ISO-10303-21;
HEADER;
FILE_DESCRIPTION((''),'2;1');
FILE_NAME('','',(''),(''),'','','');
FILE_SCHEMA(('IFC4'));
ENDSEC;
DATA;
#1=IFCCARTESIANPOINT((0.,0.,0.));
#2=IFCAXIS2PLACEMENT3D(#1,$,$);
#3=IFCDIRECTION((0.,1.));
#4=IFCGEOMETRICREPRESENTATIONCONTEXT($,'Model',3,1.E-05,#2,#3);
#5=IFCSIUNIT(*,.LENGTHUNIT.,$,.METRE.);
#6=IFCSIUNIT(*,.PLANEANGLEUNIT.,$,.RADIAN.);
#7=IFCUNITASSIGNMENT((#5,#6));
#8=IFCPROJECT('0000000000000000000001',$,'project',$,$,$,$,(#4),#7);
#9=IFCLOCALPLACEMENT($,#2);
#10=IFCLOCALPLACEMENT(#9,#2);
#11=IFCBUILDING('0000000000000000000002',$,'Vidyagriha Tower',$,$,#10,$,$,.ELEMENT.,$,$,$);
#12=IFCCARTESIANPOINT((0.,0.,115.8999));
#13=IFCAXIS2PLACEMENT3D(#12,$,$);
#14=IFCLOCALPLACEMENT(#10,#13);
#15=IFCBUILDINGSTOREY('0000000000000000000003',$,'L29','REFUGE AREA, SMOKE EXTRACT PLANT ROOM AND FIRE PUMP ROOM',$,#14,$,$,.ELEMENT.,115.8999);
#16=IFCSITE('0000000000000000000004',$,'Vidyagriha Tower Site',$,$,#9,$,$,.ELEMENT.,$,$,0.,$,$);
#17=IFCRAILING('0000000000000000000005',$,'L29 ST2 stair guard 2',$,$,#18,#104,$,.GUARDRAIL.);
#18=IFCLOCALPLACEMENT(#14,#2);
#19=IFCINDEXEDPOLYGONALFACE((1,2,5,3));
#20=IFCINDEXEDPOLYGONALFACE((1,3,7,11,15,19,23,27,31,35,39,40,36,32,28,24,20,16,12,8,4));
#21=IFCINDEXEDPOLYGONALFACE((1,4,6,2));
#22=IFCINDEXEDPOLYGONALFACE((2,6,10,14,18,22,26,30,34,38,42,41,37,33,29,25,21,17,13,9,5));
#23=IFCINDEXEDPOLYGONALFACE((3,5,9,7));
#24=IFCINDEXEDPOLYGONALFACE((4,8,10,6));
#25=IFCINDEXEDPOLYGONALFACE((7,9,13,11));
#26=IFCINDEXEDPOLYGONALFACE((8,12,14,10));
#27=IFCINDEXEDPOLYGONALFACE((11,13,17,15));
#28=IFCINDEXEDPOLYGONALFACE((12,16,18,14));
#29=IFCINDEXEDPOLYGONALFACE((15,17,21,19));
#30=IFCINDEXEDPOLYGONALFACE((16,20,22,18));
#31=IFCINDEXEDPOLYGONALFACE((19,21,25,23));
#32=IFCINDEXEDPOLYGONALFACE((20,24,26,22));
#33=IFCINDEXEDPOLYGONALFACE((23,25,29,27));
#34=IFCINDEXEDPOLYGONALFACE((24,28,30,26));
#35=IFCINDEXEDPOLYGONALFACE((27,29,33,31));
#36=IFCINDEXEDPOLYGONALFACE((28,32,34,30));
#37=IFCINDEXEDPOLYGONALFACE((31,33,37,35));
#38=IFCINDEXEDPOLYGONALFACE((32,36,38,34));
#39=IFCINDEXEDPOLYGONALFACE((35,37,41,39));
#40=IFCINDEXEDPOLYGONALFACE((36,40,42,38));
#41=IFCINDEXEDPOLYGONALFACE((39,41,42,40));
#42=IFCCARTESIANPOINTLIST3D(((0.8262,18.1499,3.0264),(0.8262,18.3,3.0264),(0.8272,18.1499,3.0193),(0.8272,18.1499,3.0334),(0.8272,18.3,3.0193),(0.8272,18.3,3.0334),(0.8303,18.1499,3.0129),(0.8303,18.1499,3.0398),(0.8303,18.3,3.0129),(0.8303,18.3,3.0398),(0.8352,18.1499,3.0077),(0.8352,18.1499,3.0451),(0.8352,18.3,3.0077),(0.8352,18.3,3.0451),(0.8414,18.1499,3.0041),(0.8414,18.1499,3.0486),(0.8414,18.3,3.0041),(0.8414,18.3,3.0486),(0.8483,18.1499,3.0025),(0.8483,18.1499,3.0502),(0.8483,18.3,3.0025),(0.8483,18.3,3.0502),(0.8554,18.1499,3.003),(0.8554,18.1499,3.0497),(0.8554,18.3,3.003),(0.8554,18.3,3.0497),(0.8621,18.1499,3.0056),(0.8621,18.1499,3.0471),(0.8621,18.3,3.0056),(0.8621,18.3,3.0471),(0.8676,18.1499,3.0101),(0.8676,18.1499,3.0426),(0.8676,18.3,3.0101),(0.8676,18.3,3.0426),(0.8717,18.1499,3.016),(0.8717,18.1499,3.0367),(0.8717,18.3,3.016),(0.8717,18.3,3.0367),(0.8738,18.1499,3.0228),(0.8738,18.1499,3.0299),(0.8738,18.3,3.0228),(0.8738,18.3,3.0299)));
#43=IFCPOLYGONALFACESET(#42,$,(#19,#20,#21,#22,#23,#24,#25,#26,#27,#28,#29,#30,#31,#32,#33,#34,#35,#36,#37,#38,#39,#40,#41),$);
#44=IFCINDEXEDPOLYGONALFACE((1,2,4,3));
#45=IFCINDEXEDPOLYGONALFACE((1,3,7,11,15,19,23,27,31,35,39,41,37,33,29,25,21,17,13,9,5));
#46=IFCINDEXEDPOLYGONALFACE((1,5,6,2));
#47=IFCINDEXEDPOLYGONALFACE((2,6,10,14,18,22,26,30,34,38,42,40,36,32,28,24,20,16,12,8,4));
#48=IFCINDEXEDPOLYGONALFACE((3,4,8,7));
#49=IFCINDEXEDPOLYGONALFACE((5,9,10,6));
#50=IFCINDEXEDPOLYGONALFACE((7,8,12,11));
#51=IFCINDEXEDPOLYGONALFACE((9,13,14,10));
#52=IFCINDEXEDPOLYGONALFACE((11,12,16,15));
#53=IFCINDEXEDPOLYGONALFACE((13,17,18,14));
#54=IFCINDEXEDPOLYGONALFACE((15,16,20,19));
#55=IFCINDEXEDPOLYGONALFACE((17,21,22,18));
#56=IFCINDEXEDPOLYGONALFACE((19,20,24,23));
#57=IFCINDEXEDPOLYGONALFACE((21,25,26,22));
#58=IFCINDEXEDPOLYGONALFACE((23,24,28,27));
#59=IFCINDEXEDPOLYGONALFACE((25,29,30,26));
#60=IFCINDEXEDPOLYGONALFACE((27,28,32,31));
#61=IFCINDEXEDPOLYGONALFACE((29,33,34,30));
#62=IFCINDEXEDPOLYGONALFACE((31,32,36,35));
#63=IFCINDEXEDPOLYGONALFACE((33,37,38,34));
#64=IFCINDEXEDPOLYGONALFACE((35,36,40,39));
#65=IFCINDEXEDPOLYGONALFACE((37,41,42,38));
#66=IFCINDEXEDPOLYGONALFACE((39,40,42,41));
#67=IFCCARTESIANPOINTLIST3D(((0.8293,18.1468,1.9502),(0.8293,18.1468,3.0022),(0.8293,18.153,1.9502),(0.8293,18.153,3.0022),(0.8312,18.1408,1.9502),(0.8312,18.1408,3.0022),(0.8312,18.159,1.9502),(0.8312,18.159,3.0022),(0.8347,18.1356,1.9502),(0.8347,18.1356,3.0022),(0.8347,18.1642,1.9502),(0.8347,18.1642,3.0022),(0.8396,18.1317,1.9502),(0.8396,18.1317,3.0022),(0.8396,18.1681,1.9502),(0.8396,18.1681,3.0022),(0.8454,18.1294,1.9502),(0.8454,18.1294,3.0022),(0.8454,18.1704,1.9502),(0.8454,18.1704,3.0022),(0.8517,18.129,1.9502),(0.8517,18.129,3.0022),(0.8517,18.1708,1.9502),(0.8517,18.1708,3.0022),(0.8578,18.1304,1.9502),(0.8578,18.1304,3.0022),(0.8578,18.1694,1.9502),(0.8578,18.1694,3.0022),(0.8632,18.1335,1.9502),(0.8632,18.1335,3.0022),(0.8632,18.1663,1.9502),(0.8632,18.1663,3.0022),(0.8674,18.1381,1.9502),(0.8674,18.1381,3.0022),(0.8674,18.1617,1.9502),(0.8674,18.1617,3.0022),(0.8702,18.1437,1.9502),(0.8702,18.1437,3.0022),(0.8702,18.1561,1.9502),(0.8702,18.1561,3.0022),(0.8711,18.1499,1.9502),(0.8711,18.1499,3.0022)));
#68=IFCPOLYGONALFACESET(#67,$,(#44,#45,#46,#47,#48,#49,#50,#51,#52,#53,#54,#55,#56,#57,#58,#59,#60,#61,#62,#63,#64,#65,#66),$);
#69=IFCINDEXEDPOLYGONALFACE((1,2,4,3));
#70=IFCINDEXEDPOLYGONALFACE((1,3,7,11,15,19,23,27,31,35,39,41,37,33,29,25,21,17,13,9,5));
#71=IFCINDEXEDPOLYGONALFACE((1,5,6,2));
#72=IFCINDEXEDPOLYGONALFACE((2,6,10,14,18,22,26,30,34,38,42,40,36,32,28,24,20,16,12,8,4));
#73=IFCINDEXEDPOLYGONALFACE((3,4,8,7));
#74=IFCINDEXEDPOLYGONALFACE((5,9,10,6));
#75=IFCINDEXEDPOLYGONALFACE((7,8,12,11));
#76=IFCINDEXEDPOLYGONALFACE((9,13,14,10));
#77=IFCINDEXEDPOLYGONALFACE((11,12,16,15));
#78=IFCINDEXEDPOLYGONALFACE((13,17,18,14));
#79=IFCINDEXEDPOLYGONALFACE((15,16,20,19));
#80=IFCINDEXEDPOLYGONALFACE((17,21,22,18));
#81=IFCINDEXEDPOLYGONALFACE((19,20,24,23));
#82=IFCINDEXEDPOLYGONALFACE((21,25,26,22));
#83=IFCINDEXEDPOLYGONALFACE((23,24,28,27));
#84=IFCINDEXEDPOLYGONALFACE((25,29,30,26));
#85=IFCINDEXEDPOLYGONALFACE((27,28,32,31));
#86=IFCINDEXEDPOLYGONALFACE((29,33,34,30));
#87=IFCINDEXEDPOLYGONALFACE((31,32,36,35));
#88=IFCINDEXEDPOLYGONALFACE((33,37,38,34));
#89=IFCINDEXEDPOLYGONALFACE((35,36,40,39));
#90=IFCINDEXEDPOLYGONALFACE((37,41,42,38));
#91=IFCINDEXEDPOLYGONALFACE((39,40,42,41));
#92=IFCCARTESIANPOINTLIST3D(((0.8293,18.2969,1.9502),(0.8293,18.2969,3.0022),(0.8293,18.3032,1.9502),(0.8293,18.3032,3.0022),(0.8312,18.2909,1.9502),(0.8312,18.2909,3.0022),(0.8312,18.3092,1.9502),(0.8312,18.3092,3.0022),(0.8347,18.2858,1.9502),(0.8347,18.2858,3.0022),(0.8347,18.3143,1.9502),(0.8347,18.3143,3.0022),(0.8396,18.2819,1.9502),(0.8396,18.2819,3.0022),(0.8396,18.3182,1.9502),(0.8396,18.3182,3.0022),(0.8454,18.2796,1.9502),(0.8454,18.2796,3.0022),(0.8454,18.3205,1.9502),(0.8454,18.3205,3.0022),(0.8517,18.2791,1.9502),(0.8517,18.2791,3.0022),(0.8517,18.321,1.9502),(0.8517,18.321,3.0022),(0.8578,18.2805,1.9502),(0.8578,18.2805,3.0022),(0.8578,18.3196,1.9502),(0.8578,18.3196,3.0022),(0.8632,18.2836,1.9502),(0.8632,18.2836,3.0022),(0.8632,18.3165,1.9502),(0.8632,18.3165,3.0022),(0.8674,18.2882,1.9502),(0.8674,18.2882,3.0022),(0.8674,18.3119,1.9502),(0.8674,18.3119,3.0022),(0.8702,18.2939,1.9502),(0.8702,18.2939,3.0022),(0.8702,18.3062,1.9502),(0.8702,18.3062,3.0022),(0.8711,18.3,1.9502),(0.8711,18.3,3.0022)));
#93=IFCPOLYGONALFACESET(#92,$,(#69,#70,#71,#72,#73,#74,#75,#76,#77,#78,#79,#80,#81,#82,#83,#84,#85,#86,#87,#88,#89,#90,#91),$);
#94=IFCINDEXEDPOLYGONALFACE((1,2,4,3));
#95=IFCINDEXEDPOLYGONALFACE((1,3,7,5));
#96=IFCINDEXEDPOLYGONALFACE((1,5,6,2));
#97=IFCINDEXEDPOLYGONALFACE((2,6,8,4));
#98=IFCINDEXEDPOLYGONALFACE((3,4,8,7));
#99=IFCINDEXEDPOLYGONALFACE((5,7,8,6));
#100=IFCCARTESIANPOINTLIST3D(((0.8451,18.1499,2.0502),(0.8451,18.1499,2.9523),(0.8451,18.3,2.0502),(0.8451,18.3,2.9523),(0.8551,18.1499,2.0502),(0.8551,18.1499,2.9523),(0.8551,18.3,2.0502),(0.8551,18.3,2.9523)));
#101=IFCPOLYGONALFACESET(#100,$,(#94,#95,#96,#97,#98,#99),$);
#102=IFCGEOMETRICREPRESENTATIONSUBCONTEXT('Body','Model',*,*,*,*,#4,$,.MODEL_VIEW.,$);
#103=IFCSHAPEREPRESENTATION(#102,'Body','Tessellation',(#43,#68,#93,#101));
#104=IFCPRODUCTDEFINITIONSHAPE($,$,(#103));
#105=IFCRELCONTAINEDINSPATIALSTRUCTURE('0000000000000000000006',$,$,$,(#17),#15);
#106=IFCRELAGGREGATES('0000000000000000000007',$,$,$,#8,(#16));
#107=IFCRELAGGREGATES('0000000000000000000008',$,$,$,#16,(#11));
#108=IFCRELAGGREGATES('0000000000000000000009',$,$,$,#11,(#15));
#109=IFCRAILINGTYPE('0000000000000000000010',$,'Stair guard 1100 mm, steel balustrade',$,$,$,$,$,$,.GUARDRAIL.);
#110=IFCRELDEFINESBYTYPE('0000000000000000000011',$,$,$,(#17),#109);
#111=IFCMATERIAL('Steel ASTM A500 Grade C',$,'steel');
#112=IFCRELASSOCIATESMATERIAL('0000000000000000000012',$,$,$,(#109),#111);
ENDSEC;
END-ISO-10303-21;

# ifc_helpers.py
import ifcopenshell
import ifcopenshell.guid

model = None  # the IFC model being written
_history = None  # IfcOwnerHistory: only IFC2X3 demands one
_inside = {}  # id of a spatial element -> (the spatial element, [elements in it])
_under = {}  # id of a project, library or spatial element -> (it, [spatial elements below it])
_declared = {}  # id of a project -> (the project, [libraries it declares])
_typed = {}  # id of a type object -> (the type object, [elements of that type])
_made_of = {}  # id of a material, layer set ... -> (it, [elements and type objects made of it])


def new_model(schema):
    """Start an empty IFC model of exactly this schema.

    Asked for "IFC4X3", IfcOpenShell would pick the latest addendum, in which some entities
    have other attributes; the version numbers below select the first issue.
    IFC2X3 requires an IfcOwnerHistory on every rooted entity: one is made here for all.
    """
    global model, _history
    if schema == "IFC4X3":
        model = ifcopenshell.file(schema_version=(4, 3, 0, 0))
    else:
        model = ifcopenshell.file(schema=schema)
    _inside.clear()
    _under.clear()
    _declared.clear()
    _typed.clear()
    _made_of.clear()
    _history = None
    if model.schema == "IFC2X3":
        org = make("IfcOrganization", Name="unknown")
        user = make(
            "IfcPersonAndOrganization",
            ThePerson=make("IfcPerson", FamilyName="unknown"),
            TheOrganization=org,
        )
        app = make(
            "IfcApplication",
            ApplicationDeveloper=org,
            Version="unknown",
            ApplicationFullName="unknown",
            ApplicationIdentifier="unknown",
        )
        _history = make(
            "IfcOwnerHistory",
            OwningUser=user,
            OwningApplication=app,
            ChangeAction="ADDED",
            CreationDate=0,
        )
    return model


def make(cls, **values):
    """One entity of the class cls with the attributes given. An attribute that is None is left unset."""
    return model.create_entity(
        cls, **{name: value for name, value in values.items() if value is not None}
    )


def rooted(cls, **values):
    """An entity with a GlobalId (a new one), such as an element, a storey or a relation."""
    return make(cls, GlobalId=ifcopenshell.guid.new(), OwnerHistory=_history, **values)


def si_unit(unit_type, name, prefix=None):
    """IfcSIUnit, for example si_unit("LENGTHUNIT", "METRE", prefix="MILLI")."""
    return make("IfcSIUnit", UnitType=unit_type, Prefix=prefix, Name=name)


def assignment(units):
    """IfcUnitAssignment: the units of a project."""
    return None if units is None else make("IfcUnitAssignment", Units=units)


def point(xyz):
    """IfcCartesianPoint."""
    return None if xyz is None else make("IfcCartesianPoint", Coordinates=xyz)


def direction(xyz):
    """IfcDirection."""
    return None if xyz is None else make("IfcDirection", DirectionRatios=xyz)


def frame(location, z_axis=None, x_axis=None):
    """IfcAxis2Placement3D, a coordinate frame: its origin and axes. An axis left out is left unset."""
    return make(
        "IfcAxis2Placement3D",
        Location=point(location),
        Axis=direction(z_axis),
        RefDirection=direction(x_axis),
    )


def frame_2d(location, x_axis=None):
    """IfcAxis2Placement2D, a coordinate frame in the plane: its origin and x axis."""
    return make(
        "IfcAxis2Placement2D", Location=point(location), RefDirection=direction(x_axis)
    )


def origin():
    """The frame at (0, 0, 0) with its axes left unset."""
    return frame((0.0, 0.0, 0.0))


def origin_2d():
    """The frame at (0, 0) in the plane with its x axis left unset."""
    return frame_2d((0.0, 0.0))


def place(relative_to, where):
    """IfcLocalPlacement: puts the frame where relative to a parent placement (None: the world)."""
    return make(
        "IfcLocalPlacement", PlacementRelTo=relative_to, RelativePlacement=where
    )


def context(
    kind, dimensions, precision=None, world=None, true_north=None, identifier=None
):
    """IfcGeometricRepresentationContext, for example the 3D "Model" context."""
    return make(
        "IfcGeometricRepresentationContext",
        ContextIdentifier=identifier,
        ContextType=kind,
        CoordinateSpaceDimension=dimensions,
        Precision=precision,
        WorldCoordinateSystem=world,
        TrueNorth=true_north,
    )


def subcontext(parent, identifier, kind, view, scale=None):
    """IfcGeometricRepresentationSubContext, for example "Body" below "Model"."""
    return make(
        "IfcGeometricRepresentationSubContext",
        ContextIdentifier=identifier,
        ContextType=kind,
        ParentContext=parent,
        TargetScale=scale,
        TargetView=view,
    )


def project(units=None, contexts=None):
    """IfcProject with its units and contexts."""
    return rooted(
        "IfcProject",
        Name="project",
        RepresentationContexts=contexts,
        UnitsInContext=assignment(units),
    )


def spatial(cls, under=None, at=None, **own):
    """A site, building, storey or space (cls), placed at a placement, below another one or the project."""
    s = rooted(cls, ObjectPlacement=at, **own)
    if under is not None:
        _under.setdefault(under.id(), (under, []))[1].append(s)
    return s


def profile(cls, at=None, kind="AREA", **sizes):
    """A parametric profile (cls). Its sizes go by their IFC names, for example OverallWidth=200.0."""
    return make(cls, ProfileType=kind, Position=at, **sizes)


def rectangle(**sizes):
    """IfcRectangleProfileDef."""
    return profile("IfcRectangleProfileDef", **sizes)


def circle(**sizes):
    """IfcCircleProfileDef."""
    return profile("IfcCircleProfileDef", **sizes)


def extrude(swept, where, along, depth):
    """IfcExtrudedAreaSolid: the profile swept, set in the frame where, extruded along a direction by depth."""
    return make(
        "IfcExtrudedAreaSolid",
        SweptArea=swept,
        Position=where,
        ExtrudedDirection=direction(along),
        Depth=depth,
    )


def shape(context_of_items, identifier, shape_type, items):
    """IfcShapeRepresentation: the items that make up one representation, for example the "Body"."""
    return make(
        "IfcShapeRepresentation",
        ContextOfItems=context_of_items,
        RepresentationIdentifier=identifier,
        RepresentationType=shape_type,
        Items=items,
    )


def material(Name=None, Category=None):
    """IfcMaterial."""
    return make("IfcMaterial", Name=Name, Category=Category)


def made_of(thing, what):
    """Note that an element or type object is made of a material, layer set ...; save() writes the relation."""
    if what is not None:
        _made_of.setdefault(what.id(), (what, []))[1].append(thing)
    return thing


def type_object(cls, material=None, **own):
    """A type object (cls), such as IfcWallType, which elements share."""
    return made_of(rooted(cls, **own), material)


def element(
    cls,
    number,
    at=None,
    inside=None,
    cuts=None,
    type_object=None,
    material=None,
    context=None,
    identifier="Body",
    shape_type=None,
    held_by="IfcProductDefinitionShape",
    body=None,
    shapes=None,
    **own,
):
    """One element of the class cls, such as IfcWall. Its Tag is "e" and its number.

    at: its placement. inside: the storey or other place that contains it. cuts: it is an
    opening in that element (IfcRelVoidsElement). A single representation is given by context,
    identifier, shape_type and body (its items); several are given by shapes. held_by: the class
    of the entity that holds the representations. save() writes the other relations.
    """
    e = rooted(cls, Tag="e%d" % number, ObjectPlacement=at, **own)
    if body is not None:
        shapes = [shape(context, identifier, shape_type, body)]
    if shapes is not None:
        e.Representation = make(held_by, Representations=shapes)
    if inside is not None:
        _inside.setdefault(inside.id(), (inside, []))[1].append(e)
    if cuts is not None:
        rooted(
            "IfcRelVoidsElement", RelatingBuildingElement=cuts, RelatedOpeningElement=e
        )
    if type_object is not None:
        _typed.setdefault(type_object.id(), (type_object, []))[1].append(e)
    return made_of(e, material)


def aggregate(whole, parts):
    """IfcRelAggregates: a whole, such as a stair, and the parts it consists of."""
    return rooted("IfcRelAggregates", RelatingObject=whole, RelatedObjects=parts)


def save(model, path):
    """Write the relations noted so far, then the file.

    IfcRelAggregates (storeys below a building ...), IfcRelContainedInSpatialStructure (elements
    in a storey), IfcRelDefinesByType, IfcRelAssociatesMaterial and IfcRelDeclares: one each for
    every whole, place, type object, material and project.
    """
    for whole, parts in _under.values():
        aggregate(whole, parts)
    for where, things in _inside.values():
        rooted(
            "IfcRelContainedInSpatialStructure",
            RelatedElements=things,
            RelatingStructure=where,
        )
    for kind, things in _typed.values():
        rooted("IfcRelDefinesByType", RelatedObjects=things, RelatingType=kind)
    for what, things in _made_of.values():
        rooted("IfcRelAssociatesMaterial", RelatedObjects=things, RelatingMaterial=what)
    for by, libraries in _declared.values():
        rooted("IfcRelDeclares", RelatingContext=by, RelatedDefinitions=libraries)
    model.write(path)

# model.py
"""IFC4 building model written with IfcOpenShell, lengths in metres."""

from ifc_helpers import new_model, si_unit, direction, frame, origin, origin_2d, place, context, subcontext, project, spatial, rectangle, circle, extrude, material, type_object, element, save


model = new_model("IFC4")

# Units and contexts
model_context = context("Model", 3, precision=1e-05, world=origin(), true_north=direction((0.0, 1.0)))
body_context = subcontext(model_context, "Body", "Model", "MODEL_VIEW")
ifc_project = project(units=[si_unit("LENGTHUNIT", "METRE"), si_unit("PLANEANGLEUNIT", "RADIAN")], contexts=[model_context])

# Site, building, storey
site_placement = place(None, origin())
site = spatial("IfcSite", under=ifc_project, at=site_placement, Name="Vidyagriha Tower Site", CompositionType="ELEMENT", RefElevation=0.0)
building_placement = place(site_placement, origin())
building = spatial("IfcBuilding", under=site, at=building_placement, Name="Vidyagriha Tower", CompositionType="ELEMENT")
storey_placement = place(building_placement, frame((0.0, 0.0, 115.8999)))
storey = spatial("IfcBuildingStorey", under=building, at=storey_placement, Name="L29", Description="REFUGE AREA, SMOKE EXTRACT PLANT ROOM AND FIRE PUMP ROOM", CompositionType="ELEMENT", Elevation=115.8999)

# Railing
ifc_material_1 = material(Name="Steel ASTM A500 Grade C", Category="steel")
railing_type_1 = type_object("IfcRailingType", Name="Stair guard 1100 mm, steel balustrade", PredefinedType="GUARDRAIL", material=ifc_material_1)
railing_1_placement = place(storey_placement, frame((0.8501, 18.1499, 1.9502)))
element("IfcRailing", 1, at=railing_1_placement, inside=storey, type_object=railing_type_1, Name="L29 ST2 stair guard 2", PredefinedType="GUARDRAIL", context=body_context, shape_type="SweptSolid", body=[
    extrude(circle(Radius=0.0239, at=origin_2d()), frame((0.0, 0.0, 1.0762), z_axis=(0.0, 1.0, 0.0), x_axis=(-1.0, 0.0, 0.0)), (0.0, 0.0, 1.0), 0.1501),
    extrude(circle(Radius=0.021, at=origin_2d()), origin(), (0.0, 0.0, 1.0), 1.052),
    extrude(circle(Radius=0.021, at=origin_2d()), frame((0.0, 0.1501, 0.0)), (0.0, 0.0, 1.0), 1.052),
    extrude(rectangle(XDim=0.01, YDim=0.9021, at=origin_2d()), frame((0.0, 0.0, 0.551), z_axis=(0.0, 1.0, 0.0), x_axis=(-1.0, 0.0, 0.0)), (0.0, 0.0, 1.0), 0.1501),
])

save(model, "model.ifc")
